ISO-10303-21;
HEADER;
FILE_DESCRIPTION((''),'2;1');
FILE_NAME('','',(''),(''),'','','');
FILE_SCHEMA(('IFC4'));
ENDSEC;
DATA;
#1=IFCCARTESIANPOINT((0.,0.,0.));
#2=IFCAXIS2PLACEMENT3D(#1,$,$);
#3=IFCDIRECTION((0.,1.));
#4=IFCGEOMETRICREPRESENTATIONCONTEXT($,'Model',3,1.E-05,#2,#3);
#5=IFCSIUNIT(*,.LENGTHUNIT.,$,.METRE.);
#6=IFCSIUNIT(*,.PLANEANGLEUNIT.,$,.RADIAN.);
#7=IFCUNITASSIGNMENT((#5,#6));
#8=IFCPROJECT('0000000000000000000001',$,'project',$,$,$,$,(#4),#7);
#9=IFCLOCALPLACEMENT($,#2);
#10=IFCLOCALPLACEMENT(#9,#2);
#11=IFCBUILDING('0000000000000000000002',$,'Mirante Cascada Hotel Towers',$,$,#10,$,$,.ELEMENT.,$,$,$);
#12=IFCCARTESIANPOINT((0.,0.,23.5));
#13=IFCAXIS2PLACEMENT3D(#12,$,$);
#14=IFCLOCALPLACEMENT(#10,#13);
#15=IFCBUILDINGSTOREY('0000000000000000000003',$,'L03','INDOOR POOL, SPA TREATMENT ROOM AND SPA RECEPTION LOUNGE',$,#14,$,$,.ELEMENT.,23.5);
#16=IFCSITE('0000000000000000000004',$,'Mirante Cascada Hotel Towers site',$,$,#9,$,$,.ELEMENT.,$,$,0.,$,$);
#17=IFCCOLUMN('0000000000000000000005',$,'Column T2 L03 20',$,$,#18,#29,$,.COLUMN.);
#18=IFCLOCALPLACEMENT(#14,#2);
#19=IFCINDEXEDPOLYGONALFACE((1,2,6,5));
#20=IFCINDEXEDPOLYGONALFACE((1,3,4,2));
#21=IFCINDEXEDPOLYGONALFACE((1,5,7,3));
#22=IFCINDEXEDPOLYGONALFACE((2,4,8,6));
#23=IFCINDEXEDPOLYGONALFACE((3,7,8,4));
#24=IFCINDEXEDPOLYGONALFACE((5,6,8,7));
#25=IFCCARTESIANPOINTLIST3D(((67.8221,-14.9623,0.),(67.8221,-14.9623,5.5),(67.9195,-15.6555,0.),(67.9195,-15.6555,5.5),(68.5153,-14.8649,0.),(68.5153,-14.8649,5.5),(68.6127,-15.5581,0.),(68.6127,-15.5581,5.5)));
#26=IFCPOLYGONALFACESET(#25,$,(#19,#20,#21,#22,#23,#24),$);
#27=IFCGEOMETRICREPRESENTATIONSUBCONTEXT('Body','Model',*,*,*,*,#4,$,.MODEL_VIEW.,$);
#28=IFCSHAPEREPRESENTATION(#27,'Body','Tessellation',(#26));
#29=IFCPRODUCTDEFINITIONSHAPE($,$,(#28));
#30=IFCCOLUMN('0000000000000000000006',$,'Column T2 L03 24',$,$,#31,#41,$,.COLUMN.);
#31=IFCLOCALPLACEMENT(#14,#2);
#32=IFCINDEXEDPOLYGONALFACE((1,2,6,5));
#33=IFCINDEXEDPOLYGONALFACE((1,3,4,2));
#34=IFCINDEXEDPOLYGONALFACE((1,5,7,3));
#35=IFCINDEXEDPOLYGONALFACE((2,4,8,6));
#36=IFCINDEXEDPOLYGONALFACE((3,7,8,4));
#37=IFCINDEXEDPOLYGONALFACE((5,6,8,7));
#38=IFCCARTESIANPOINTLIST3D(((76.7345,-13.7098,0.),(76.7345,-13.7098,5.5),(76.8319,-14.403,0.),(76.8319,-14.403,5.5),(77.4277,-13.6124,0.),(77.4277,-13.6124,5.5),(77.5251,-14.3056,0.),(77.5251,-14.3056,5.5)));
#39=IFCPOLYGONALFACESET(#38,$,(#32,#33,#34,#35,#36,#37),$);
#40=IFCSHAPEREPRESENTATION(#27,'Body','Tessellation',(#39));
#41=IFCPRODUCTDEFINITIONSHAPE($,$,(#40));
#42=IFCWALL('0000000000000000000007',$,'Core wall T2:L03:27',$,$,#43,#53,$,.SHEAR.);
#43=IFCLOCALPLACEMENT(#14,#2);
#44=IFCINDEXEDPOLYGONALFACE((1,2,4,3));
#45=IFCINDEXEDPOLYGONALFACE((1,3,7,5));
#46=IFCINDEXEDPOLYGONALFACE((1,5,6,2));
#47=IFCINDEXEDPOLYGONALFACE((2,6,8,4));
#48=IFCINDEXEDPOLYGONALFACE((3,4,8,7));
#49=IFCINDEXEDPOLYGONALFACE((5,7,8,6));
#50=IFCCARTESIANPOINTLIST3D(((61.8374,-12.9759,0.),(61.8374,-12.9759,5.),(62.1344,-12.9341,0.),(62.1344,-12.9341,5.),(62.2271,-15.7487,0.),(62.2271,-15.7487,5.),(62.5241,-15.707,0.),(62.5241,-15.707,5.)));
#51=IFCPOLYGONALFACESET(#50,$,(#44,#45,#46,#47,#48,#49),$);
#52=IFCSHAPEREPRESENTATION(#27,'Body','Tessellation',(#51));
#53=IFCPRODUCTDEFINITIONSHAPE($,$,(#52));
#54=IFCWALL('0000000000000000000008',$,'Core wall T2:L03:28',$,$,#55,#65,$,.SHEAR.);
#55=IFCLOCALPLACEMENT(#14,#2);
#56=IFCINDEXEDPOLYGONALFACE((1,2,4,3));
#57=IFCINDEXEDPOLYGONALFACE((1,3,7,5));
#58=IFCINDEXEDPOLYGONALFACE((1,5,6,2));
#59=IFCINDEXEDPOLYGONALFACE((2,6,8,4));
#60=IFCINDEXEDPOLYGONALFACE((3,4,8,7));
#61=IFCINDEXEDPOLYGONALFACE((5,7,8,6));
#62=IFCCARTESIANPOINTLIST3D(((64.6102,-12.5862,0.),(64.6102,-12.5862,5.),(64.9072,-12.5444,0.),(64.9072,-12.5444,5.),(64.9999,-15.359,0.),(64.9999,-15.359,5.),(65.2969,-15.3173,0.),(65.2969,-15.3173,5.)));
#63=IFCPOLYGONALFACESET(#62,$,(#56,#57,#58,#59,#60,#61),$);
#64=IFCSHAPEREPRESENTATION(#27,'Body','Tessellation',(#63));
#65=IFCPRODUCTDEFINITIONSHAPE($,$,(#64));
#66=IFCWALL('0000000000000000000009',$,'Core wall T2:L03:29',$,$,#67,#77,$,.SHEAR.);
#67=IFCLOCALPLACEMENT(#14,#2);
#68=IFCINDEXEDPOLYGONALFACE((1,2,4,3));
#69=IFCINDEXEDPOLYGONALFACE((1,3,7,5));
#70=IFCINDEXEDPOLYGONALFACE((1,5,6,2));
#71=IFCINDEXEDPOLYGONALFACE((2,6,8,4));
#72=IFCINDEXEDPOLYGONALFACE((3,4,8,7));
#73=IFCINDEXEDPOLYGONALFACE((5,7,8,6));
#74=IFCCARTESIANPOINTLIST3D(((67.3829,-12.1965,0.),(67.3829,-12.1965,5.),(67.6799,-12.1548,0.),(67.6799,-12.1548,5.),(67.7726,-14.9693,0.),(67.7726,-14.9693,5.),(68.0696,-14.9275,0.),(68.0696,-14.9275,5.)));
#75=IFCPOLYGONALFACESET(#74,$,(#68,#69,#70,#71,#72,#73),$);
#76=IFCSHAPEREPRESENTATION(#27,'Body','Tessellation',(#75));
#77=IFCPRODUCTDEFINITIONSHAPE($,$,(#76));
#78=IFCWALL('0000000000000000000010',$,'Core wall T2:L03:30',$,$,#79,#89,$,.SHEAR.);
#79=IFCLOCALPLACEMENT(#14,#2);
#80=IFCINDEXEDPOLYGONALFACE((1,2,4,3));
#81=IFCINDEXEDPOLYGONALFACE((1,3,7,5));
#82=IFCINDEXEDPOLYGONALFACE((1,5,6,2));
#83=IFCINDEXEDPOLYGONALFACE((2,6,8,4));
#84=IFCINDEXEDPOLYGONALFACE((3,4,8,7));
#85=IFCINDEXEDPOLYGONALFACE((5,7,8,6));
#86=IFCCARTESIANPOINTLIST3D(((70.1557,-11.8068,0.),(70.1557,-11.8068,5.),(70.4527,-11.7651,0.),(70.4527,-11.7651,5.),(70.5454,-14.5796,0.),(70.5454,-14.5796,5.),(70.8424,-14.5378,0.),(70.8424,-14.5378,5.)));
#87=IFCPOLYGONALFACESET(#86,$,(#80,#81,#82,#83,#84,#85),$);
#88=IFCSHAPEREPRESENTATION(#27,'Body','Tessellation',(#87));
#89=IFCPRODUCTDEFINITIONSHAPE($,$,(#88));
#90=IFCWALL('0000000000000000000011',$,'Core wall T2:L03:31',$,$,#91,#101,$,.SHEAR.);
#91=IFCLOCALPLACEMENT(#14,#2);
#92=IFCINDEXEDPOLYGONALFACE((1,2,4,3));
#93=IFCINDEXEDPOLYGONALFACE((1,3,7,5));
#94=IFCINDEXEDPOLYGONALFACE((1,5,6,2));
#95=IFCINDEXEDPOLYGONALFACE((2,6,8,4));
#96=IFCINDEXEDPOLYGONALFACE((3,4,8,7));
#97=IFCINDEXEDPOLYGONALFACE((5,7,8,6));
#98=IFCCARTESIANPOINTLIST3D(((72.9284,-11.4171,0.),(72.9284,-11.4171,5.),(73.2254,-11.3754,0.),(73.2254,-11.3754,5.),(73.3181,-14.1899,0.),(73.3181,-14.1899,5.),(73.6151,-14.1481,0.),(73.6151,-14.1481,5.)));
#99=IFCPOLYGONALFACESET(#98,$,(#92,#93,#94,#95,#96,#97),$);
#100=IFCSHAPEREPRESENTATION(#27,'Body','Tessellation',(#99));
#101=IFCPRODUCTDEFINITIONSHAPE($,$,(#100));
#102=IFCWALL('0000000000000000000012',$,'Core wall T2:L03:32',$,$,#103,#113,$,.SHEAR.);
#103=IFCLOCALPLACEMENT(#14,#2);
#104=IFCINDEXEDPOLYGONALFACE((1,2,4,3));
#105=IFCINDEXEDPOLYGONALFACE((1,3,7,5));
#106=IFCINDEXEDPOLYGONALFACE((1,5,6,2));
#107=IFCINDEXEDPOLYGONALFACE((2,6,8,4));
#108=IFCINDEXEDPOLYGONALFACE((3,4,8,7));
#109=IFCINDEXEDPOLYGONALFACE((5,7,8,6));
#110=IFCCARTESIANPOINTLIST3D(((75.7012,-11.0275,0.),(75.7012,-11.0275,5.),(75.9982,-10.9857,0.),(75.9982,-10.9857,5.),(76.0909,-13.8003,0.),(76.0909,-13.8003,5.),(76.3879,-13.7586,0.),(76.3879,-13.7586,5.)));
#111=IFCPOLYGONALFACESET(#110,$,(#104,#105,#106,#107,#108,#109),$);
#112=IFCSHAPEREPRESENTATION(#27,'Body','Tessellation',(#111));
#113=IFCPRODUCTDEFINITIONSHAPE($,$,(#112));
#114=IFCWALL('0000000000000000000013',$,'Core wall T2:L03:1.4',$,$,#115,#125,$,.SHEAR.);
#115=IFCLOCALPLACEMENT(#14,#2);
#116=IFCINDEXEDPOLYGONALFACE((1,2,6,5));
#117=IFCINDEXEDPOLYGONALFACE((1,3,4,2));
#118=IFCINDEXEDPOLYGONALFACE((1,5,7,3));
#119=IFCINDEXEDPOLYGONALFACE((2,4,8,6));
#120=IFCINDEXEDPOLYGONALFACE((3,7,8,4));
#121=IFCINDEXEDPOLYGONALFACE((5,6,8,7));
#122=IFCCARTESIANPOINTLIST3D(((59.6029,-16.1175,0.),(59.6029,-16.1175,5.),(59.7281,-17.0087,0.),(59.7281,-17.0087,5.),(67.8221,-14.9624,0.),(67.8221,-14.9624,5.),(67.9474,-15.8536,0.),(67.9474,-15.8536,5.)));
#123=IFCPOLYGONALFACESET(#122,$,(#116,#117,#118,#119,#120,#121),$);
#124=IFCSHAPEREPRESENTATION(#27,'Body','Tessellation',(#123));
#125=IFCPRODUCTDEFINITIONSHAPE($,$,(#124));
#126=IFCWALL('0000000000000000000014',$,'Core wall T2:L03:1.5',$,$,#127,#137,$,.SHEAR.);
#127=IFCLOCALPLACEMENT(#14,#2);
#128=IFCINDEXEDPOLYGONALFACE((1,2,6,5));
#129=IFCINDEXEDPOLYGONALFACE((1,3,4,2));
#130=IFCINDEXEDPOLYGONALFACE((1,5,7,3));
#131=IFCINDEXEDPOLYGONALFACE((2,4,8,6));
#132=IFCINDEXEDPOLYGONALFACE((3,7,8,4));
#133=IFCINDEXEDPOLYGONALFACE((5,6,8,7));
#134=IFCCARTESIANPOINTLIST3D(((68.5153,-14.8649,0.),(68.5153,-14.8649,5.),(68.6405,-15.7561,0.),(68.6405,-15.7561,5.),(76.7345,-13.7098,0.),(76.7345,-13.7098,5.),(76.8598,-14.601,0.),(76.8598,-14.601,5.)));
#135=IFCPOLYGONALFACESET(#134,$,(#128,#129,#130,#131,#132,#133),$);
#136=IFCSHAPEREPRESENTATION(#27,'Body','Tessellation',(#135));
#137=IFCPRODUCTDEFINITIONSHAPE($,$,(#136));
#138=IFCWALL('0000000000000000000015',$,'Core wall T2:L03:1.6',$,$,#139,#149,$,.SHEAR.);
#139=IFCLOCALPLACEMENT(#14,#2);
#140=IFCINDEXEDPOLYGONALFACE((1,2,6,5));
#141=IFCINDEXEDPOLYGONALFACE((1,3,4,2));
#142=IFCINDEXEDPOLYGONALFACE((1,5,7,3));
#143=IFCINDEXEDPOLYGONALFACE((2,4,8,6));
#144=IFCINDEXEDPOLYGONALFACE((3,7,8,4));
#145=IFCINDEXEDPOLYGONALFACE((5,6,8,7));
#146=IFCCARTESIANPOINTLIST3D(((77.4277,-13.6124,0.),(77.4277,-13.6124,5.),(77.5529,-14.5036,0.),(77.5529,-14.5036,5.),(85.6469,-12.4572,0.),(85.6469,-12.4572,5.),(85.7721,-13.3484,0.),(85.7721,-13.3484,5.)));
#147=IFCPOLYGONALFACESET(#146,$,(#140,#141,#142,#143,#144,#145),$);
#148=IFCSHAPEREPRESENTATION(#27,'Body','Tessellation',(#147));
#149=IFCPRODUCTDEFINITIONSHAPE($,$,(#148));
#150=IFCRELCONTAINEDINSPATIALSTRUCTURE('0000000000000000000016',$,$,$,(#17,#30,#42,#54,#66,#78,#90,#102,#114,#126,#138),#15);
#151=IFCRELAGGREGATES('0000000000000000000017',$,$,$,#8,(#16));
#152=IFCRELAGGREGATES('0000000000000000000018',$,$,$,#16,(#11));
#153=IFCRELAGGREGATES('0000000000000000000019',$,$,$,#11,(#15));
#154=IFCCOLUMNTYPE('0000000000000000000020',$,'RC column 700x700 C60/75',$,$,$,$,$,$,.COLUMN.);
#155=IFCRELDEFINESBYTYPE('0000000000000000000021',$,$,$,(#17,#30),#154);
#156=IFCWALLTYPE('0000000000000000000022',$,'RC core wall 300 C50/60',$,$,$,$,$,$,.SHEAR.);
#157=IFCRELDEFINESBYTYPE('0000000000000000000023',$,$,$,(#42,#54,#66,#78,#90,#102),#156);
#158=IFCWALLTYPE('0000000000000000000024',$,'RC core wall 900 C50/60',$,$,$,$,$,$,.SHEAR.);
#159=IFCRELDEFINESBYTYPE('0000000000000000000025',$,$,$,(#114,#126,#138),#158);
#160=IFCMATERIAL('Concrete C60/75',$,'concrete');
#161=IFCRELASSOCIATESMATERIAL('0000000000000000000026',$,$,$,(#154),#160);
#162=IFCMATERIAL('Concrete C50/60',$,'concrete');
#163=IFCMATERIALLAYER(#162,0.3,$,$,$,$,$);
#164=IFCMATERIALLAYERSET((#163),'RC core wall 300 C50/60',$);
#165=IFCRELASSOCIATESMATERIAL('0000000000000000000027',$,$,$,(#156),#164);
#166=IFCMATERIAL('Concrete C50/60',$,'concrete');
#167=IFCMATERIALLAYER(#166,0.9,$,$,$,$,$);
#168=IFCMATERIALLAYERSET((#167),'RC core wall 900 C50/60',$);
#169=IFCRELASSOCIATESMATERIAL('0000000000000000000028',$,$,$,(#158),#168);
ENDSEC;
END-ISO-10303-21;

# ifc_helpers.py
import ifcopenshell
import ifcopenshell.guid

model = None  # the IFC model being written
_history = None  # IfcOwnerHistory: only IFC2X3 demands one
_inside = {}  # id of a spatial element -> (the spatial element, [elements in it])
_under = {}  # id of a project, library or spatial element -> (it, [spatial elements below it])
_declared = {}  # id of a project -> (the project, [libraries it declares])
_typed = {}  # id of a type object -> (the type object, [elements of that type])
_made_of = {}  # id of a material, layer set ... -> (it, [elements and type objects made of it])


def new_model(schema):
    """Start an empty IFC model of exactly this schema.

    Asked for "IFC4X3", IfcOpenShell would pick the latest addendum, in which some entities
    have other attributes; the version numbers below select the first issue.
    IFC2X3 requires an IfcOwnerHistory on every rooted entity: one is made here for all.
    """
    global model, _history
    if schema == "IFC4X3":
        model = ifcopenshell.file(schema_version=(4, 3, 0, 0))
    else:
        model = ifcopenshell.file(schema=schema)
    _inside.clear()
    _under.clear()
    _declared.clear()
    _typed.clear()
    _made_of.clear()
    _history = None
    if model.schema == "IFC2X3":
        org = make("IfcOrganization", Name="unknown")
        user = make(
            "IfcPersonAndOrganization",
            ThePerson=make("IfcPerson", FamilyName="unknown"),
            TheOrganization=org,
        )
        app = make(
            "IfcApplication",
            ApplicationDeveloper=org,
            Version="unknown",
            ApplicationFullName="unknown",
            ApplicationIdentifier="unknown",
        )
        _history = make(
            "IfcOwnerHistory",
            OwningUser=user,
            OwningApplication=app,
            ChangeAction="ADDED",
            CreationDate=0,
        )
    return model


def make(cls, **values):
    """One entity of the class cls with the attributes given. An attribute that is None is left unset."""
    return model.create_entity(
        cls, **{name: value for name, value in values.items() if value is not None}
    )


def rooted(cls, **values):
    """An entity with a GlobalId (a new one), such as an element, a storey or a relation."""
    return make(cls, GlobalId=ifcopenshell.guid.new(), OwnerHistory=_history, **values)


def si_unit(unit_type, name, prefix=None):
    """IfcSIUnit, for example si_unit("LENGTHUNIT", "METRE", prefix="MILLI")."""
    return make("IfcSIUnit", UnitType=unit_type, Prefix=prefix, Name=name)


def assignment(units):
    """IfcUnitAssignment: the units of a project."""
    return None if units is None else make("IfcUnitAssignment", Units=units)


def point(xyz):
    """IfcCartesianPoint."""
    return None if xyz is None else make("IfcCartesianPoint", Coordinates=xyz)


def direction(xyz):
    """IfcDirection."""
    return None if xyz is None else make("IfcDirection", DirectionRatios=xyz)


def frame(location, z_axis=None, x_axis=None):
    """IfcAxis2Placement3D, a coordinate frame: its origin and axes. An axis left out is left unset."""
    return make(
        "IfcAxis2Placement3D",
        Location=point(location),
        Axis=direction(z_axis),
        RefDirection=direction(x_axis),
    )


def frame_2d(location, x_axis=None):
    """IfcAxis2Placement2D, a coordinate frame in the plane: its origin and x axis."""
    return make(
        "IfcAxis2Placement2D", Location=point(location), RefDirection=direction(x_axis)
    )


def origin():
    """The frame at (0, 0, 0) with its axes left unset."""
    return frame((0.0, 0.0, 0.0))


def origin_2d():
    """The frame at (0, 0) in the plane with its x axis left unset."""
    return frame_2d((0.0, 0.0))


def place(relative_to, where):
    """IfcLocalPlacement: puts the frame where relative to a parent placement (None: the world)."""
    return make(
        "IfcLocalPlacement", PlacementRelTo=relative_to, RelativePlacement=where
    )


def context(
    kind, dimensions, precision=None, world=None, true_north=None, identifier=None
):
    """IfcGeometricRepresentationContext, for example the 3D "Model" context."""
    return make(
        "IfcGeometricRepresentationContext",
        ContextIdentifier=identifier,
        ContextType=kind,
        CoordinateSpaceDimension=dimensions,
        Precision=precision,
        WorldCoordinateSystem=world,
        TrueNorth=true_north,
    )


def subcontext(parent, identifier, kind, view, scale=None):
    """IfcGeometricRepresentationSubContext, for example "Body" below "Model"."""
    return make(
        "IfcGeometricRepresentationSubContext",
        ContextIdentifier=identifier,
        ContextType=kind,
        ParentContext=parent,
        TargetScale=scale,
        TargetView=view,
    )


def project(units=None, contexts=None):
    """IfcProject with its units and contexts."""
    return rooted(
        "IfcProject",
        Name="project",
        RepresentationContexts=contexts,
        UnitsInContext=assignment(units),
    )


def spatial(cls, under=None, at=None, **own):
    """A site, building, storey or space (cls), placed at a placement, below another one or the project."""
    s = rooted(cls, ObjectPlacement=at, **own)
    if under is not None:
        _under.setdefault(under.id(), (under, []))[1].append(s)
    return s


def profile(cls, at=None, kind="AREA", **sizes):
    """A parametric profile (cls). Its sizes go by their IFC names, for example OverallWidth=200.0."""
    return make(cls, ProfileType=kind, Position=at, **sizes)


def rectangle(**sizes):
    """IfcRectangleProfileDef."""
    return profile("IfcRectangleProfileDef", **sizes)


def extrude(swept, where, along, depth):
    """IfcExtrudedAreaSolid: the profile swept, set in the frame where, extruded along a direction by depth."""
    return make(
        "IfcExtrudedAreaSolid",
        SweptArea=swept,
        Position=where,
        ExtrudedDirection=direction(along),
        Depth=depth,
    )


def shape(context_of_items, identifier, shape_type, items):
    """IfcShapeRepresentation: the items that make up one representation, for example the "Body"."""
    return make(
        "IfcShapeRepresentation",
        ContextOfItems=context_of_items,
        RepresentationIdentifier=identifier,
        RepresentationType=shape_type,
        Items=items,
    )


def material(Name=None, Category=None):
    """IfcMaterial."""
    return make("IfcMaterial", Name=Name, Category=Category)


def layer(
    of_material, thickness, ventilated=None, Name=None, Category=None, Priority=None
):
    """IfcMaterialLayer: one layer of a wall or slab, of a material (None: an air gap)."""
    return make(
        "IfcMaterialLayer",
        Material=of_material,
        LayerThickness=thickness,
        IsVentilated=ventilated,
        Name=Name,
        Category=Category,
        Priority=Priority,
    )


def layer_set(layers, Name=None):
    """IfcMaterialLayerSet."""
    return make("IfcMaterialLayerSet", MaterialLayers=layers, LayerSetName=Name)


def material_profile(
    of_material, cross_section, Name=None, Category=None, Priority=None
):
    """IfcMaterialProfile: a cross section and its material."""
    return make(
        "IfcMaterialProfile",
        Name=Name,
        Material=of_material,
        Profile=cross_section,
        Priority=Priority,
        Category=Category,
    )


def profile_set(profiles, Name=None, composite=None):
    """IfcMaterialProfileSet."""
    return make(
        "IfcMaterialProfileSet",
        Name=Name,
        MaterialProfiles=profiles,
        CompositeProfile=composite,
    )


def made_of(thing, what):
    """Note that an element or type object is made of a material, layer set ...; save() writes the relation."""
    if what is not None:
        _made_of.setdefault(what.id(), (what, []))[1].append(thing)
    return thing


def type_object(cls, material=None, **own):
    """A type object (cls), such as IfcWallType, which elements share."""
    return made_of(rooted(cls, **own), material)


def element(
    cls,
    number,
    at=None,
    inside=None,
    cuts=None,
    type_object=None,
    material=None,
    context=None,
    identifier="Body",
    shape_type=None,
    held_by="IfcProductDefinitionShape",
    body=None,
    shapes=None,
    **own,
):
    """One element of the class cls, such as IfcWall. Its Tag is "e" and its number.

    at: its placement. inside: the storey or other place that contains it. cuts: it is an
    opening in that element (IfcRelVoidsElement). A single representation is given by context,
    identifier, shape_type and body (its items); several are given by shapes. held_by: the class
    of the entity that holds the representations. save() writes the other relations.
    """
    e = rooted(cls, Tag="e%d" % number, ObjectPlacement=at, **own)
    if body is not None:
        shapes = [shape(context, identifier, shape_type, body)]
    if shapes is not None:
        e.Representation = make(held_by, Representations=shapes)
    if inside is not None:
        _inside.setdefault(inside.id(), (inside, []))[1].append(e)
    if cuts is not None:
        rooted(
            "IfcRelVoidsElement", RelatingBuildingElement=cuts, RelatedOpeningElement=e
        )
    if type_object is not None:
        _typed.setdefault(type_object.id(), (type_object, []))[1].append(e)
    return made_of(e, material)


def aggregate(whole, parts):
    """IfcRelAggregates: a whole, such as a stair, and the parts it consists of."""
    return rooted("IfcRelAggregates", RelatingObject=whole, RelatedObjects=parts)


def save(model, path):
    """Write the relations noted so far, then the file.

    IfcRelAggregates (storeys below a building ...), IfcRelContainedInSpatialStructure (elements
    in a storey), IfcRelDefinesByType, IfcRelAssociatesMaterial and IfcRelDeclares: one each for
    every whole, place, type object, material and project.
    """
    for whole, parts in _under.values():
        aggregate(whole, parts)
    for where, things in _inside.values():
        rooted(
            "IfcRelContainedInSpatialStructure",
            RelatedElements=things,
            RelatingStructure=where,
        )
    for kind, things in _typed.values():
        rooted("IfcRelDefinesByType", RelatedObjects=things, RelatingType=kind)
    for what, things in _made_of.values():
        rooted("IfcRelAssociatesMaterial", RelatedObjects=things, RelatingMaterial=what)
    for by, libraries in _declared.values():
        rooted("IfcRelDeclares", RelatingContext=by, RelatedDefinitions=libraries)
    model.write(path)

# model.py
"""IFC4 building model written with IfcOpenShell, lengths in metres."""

from ifc_helpers import new_model, si_unit, direction, frame, frame_2d, origin, origin_2d, place, context, subcontext, project, spatial, rectangle, extrude, material, layer, layer_set, material_profile, profile_set, type_object, element, save


model = new_model("IFC4")

# Units and contexts
model_context = context("Model", 3, precision=1e-05, world=origin(), true_north=direction((0.0, 1.0)))
body_context = subcontext(model_context, "Body", "Model", "MODEL_VIEW")
ifc_project = project(units=[si_unit("LENGTHUNIT", "METRE"), si_unit("PLANEANGLEUNIT", "RADIAN")], contexts=[model_context])

# Site, building, storey
site_placement = place(None, origin())
site = spatial("IfcSite", under=ifc_project, at=site_placement, Name="Mirante Cascada Hotel Towers site", CompositionType="ELEMENT", RefElevation=0.0)
building_placement = place(site_placement, origin())
building = spatial("IfcBuilding", under=site, at=building_placement, Name="Mirante Cascada Hotel Towers", CompositionType="ELEMENT")
storey_placement = place(building_placement, frame((0.0, 0.0, 23.5)))
storey = spatial("IfcBuildingStorey", under=building, at=storey_placement, Name="L03", Description="INDOOR POOL, SPA TREATMENT ROOM AND SPA RECEPTION LOUNGE", CompositionType="ELEMENT", Elevation=23.5)

# Columns
ifc_material_1 = material(Name="Concrete C60/75", Category="concrete")
ifc_material_profile = material_profile(ifc_material_1, rectangle(XDim=0.7, YDim=0.7, at=origin_2d()), Name="RC column 700x700 C60/75")
ifc_profile_set = profile_set([ifc_material_profile], Name="Concrete C60/75")
column_type = type_object("IfcColumnType", Name="RC column 700x700 C60/75", PredefinedType="COLUMN", material=ifc_profile_set)
for number, where, z_axis, x_axis, name in (
    (1, (68.2174, -15.2602, 0.0), (0.0, 0.0, 1.0), (0.990268, 0.139173, 0.0), "Column T2 L03 20"),
    (2, (77.1298, -14.0077, 0.0), (0.0, 0.0, 1.0), (0.990268, 0.139173, 0.0), "Column T2 L03 24"),
):
    element("IfcColumn", number, at=place(storey_placement, frame(where, z_axis=z_axis, x_axis=x_axis)), inside=storey, type_object=column_type, Name=name, PredefinedType="COLUMN", context=body_context, shape_type="SweptSolid", body=[
        extrude(rectangle(XDim=0.7, YDim=0.7, at=origin_2d()), origin(), (0.0, 0.0, 1.0), 5.5),
    ])

# Walls
ifc_material_2 = material(Name="Concrete C50/60", Category="concrete")
ifc_layer_1 = layer(ifc_material_2, 0.3)
ifc_layer_set_1 = layer_set([ifc_layer_1], Name="RC core wall 300 C50/60")
wall_type_1 = type_object("IfcWallType", Name="RC core wall 300 C50/60", PredefinedType="SHEAR", material=ifc_layer_set_1)
for number, where, z_axis, x_axis, name in (
    (3, (62.3756, -15.7278, 0.0), (0.0, 0.0, 1.0), (-0.139176, 0.990268, 0.0), "Core wall T2:L03:27"),
    (4, (65.1484, -15.3381, 0.0), (0.0, 0.0, 1.0), (-0.139176, 0.990268, 0.0), "Core wall T2:L03:28"),
):
    element("IfcWall", number, at=place(storey_placement, frame(where, z_axis=z_axis, x_axis=x_axis)), inside=storey, type_object=wall_type_1, Name=name, PredefinedType="SHEAR", context=body_context, shape_type="SweptSolid", body=[
        extrude(rectangle(XDim=2.8001, YDim=0.3, at=frame_2d((1.4, 0.0))), origin(), (0.0, 0.0, 1.0), 5.0),
    ])
for number, where, z_axis, x_axis, name in (
    (5, (67.9211, -14.9484, 0.0), (0.0, 0.0, 1.0), (-0.139181, 0.990267, 0.0), "Core wall T2:L03:29"),
    (6, (70.6939, -14.5587, 0.0), (0.0, 0.0, 1.0), (-0.139181, 0.990267, 0.0), "Core wall T2:L03:30"),
    (7, (73.4666, -14.169, 0.0), (0.0, 0.0, 1.0), (-0.139181, 0.990267, 0.0), "Core wall T2:L03:31"),
):
    element("IfcWall", number, at=place(storey_placement, frame(where, z_axis=z_axis, x_axis=x_axis)), inside=storey, type_object=wall_type_1, Name=name, PredefinedType="SHEAR", context=body_context, shape_type="SweptSolid", body=[
        extrude(rectangle(XDim=2.8, YDim=0.3, at=frame_2d((1.4, 0.0))), origin(), (0.0, 0.0, 1.0), 5.0),
    ])
wall_placement = place(storey_placement, frame((76.2394, -13.7794, 0.0), z_axis=(0.0, 0.0, 1.0), x_axis=(-0.139176, 0.990268, 0.0)))
element("IfcWall", 8, at=wall_placement, inside=storey, type_object=wall_type_1, Name="Core wall T2:L03:32", PredefinedType="SHEAR", context=body_context, shape_type="SweptSolid", body=[
    extrude(rectangle(XDim=2.8001, YDim=0.3, at=frame_2d((1.4, 0.0))), origin(), (0.0, 0.0, 1.0), 5.0),
])
ifc_material_3 = material(Name="Concrete C50/60", Category="concrete")
ifc_layer_2 = layer(ifc_material_3, 0.9)
ifc_layer_set_2 = layer_set([ifc_layer_2], Name="RC core wall 900 C50/60")
wall_type_2 = type_object("IfcWallType", Name="RC core wall 900 C50/60", PredefinedType="SHEAR", material=ifc_layer_set_2)
for number, where, z_axis, x_axis, name in (
    (9, (59.6655, -16.5631, 0.0), (0.0, 0.0, 1.0), (0.990269, 0.139169, 0.0), "Core wall T2:L03:1.4"),
    (10, (68.5779, -15.3105, 0.0), (0.0, 0.0, 1.0), (0.990269, 0.139169, 0.0), "Core wall T2:L03:1.5"),
    (11, (77.4903, -14.058, 0.0), (0.0, 0.0, 1.0), (0.990267, 0.139181, 0.0), "Core wall T2:L03:1.6"),
):
    element("IfcWall", number, at=place(storey_placement, frame(where, z_axis=z_axis, x_axis=x_axis)), inside=storey, type_object=wall_type_2, Name=name, PredefinedType="SHEAR", context=body_context, shape_type="SweptSolid", body=[
        extrude(rectangle(XDim=8.3, YDim=0.9, at=frame_2d((4.15, 0.0))), origin(), (0.0, 0.0, 1.0), 5.0),
    ])

save(model, "model.ifc")
